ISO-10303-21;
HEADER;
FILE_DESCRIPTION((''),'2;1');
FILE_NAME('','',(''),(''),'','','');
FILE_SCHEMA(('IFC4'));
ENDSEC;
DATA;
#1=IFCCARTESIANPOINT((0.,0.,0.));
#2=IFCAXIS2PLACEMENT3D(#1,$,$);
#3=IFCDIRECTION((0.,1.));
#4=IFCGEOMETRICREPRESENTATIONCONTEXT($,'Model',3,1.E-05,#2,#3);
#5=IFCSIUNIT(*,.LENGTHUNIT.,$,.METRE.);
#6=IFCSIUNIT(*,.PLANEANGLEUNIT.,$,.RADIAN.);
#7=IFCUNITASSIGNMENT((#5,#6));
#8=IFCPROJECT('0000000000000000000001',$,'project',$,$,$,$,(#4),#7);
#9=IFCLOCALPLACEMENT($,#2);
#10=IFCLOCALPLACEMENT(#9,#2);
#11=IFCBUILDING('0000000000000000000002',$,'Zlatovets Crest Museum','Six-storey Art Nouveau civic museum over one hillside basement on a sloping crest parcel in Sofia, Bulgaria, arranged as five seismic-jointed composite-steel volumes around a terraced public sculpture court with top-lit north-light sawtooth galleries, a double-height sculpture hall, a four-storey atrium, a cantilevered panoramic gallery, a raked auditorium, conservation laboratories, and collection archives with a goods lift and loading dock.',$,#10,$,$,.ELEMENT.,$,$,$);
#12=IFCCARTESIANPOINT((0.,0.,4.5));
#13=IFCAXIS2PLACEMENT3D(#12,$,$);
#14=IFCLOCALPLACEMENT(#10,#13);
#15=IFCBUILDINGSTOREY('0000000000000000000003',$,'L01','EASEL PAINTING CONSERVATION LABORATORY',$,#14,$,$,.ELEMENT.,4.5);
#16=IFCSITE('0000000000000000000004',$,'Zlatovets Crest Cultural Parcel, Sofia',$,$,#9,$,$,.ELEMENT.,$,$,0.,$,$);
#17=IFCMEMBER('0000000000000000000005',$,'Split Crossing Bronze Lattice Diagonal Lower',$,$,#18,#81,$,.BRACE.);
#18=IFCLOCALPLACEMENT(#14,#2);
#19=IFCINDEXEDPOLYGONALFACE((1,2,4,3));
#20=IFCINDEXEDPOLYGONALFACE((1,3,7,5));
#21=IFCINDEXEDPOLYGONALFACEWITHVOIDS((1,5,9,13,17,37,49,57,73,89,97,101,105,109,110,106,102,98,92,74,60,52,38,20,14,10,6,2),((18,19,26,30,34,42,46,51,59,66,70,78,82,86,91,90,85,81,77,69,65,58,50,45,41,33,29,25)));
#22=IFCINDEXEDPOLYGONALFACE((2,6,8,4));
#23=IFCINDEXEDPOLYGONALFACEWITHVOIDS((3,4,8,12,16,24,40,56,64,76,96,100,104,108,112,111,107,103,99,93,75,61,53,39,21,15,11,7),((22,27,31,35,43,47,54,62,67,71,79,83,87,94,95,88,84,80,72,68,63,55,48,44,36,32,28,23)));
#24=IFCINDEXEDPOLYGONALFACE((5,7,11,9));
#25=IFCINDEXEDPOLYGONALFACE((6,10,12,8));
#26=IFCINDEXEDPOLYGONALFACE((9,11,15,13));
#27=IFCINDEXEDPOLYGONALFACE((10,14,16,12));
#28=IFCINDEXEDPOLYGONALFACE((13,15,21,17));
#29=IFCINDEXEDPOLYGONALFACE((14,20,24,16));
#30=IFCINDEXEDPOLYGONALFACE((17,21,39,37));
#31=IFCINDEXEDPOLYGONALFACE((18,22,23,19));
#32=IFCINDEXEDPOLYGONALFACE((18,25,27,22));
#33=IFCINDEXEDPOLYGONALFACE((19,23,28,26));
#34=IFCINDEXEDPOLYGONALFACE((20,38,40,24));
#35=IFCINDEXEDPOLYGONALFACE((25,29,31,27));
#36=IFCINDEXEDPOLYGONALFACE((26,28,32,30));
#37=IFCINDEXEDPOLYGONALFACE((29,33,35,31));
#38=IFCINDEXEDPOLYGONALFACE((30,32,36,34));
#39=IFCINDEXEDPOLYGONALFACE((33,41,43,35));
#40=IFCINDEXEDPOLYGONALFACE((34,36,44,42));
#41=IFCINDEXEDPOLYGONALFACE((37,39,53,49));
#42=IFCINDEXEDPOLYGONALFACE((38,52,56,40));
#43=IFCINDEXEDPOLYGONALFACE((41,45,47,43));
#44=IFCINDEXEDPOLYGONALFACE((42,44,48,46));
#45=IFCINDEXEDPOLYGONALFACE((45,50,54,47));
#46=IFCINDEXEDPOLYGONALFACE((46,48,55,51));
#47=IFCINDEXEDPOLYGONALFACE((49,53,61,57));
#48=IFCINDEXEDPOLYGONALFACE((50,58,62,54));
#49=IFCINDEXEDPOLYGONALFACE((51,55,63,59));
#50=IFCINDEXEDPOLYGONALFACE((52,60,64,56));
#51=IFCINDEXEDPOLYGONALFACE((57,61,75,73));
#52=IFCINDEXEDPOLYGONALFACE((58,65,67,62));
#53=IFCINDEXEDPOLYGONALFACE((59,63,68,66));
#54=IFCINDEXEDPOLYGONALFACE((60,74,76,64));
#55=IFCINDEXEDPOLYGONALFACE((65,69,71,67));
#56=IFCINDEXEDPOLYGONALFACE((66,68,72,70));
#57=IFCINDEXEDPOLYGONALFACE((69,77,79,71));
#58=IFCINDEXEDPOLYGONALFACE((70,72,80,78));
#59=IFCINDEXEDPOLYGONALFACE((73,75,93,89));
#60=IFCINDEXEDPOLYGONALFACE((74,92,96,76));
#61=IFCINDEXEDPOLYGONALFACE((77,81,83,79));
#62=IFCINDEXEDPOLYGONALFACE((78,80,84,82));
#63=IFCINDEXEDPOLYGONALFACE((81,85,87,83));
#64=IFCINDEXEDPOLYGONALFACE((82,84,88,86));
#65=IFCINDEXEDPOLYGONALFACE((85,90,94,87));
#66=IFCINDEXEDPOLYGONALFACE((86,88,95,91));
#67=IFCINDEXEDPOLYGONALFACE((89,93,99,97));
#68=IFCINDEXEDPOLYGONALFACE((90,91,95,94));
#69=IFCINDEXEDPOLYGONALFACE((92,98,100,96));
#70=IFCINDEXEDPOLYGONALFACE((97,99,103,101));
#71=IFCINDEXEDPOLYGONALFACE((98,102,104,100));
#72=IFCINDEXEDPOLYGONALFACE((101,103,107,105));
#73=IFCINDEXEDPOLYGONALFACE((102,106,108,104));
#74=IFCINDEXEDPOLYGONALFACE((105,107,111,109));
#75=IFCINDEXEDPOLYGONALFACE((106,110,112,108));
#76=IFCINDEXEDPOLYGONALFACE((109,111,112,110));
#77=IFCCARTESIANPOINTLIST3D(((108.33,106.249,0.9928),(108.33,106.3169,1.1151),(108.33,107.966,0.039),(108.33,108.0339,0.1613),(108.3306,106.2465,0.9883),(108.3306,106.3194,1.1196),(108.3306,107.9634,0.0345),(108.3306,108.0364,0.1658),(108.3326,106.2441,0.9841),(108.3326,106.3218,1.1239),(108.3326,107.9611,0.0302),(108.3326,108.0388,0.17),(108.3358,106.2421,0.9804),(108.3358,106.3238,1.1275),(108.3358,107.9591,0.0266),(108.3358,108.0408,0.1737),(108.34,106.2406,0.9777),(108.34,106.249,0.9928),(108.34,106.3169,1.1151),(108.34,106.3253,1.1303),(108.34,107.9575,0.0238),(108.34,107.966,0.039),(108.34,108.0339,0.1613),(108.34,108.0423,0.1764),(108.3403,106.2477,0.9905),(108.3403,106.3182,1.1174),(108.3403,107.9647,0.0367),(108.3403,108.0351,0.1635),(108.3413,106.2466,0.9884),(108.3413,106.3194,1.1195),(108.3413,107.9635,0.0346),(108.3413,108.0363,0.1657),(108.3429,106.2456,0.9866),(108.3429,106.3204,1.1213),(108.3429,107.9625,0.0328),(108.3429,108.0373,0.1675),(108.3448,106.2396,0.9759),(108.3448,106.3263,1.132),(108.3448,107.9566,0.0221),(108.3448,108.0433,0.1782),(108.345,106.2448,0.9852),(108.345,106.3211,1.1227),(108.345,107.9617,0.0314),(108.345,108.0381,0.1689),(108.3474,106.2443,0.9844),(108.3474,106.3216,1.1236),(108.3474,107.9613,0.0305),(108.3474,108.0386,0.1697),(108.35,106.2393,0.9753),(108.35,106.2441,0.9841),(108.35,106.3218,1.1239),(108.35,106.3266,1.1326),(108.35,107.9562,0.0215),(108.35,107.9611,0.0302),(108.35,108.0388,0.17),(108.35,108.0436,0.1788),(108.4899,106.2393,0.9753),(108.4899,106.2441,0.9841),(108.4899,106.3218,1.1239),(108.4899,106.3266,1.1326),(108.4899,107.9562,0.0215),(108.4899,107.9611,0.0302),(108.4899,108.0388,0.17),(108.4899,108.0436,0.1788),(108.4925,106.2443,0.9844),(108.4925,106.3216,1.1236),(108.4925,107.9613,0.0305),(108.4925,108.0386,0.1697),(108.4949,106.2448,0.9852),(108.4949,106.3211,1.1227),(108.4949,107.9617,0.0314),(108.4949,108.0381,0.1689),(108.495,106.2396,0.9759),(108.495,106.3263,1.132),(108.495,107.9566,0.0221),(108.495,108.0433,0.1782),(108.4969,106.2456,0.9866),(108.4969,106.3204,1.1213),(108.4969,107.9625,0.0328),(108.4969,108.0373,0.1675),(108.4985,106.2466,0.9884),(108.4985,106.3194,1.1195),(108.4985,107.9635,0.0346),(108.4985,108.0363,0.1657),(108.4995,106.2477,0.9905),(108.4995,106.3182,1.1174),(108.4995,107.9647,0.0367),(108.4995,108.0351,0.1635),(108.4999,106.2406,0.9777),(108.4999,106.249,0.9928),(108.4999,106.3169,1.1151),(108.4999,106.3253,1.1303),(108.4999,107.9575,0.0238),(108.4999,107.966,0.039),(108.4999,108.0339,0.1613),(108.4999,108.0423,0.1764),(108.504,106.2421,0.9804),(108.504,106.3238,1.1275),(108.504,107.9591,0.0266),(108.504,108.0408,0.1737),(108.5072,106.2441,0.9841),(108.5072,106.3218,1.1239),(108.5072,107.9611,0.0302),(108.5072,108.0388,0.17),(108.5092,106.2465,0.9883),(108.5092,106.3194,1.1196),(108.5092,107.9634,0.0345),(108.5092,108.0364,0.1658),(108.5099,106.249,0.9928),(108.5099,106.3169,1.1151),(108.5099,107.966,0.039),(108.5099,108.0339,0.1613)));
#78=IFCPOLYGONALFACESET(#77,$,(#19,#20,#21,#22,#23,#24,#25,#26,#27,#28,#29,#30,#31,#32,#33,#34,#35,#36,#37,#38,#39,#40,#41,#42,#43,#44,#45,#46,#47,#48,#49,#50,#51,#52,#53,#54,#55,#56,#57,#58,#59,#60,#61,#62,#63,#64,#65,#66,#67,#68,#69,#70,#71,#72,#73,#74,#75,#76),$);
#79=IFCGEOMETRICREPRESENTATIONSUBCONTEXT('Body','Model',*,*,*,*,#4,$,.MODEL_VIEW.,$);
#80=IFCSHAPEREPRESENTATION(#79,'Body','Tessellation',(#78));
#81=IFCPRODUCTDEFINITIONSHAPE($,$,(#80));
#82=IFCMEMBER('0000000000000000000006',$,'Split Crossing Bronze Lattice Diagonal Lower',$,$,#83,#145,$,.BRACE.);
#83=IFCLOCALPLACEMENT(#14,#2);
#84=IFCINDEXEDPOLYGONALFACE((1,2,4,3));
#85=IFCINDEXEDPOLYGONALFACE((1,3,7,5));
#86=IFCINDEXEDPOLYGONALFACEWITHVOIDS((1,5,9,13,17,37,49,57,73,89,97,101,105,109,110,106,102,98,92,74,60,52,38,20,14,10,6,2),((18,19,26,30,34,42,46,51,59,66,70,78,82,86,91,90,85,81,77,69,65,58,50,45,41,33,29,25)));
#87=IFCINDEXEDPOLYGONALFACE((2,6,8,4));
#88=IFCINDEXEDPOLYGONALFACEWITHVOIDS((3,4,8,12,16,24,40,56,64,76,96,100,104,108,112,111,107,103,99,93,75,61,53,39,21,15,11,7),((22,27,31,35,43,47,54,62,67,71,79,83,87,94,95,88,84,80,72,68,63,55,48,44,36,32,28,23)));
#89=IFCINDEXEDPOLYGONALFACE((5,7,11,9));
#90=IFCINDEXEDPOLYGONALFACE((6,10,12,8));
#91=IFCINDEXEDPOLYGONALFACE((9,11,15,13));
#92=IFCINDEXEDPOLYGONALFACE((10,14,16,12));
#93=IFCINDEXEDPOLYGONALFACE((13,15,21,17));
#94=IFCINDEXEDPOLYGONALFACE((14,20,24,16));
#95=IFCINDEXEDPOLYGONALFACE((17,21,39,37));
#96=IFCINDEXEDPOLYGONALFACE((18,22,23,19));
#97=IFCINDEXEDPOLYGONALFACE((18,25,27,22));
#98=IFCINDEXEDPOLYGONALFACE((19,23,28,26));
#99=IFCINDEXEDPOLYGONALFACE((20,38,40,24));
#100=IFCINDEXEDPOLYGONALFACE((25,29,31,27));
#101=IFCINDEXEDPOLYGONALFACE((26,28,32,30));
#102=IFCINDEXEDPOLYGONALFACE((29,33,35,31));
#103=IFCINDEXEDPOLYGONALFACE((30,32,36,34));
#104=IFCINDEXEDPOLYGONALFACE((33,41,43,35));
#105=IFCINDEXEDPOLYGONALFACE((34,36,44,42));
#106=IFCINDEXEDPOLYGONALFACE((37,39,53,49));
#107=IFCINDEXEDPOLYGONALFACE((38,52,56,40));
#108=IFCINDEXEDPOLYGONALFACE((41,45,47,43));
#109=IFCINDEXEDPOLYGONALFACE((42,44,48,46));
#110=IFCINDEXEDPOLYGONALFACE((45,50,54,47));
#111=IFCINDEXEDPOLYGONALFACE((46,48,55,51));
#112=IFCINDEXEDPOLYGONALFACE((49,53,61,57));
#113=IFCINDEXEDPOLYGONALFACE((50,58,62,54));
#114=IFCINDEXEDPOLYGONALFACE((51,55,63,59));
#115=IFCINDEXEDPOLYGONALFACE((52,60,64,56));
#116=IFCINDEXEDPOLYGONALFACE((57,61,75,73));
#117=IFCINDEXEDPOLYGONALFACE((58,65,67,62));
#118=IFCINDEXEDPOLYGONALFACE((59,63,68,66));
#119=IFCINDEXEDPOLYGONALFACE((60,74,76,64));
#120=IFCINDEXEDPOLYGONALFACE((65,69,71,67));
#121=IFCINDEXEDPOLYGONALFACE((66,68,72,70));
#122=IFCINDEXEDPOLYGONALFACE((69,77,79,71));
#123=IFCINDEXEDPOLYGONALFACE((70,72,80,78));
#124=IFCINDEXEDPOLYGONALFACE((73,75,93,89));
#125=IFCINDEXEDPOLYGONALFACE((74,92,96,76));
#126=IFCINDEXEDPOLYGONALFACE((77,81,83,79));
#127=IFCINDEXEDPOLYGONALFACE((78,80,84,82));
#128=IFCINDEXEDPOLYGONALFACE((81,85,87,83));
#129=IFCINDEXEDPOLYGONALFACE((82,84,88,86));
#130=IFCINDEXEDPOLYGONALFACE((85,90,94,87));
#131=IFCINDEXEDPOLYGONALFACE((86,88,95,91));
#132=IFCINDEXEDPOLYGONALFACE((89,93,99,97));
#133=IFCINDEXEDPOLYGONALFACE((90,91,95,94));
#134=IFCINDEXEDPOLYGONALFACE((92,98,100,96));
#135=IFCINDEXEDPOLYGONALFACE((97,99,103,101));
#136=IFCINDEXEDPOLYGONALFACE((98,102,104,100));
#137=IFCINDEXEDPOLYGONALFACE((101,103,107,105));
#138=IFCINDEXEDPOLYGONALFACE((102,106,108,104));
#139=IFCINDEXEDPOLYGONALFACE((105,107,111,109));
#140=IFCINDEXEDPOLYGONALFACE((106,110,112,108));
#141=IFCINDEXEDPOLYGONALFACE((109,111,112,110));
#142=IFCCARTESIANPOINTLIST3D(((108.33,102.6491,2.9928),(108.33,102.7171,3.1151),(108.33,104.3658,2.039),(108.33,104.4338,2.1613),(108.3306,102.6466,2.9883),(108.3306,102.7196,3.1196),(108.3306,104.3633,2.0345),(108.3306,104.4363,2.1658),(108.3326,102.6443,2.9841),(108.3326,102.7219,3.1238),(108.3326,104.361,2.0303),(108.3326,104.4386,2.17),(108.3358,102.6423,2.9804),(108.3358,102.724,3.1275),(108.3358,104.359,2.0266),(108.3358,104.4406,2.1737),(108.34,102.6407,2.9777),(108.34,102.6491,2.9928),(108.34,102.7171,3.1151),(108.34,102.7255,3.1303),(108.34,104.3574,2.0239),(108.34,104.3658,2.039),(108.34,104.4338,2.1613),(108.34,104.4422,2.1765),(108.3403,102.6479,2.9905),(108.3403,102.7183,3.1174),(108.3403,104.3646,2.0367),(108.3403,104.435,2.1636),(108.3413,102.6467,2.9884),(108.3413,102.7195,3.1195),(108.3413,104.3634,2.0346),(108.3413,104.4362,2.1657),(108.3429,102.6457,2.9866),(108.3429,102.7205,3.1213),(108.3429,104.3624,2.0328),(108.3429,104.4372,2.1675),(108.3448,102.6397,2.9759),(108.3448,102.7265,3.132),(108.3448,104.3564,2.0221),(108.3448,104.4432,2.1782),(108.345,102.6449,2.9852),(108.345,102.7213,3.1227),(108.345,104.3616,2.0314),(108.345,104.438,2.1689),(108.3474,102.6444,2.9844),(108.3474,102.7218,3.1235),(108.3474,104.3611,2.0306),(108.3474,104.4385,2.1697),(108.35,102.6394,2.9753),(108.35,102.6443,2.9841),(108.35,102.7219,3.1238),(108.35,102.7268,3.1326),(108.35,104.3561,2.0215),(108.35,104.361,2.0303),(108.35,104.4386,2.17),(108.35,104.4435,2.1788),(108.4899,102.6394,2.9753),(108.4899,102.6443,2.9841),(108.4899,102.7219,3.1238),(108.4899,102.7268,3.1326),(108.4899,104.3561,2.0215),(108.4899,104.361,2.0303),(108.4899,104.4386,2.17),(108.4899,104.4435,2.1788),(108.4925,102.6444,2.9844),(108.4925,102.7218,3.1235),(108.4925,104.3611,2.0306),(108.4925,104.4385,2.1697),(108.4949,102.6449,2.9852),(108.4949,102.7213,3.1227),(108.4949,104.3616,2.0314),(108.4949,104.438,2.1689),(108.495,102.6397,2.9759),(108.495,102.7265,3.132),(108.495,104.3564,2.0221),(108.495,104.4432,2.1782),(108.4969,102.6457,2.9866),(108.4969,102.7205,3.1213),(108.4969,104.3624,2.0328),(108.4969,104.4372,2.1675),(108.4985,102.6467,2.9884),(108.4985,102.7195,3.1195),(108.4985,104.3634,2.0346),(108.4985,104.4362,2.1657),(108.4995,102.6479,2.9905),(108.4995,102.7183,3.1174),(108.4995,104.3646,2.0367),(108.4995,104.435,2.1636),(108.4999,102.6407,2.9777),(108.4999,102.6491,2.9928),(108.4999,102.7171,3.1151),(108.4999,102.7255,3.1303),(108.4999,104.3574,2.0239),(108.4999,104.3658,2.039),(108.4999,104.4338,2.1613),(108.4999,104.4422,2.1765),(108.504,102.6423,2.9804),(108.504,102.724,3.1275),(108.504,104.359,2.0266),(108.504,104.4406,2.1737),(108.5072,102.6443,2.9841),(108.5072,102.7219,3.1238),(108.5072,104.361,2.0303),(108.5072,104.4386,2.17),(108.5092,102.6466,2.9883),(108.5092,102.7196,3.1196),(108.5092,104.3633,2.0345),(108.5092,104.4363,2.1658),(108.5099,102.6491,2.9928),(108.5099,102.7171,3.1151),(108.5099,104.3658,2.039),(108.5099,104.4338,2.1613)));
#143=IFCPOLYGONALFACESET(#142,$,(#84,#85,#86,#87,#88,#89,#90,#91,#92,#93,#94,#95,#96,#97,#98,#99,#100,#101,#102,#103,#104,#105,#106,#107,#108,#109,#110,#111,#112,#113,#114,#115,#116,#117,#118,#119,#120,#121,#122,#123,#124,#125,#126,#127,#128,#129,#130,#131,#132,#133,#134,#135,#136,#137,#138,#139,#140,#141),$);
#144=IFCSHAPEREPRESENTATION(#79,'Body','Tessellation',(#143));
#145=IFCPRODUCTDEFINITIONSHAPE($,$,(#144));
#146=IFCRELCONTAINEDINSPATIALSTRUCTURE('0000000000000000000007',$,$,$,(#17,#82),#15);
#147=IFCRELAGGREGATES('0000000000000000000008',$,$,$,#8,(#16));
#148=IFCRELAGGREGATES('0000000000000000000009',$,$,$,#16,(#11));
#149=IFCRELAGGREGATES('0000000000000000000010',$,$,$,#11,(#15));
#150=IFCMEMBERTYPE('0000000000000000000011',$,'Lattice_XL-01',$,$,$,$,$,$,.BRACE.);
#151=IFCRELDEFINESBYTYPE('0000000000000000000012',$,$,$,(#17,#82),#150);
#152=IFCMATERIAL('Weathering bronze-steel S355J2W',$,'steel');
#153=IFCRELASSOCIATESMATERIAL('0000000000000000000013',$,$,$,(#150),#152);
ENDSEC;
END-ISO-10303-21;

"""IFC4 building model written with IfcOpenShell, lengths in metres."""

from ifc_helpers import new_model, si_unit, direction, frame, origin, origin_2d, place, context, subcontext, project, spatial, hollow_rectangle, extrude, material, material_profile, profile_set, type_object, element, save


model = new_model("IFC4")

# Units and contexts
model_context = context("Model", 3, precision=1e-05, world=origin(), true_north=direction((0.0, 1.0)))
body_context = subcontext(model_context, "Body", "Model", "MODEL_VIEW")
ifc_project = project(units=[si_unit("LENGTHUNIT", "METRE"), si_unit("PLANEANGLEUNIT", "RADIAN")], contexts=[model_context])

# Site, building, storey
site_placement = place(None, origin())
site = spatial("IfcSite", under=ifc_project, at=site_placement, Name="Zlatovets Crest Cultural Parcel, Sofia", CompositionType="ELEMENT", RefElevation=0.0)
building_placement = place(site_placement, origin())
building = spatial("IfcBuilding", under=site, at=building_placement, Name="Zlatovets Crest Museum", Description="Six-storey Art Nouveau civic museum over one hillside basement on a sloping crest parcel in Sofia, Bulgaria, arranged as five seismic-jointed composite-steel volumes around a terraced public sculpture court with top-lit north-light sawtooth galleries, a double-height sculpture hall, a four-storey atrium, a cantilevered panoramic gallery, a raked auditorium, conservation laboratories, and collection archives with a goods lift and loading dock.", CompositionType="ELEMENT")
storey_placement = place(building_placement, frame((0.0, 0.0, 4.5)))
storey = spatial("IfcBuildingStorey", under=building, at=storey_placement, Name="L01", Description="EASEL PAINTING CONSERVATION LABORATORY", CompositionType="ELEMENT", Elevation=4.5)

# Members
ifc_material_1 = material(Name="Weathering bronze-steel S355J2W", Category="steel")
ifc_material_profile_1 = material_profile(ifc_material_1, hollow_rectangle(XDim=0.1799, YDim=0.1799, WallThickness=0.01, InnerFilletRadius=0.01, OuterFilletRadius=0.02, at=origin_2d()), Name="SHS 180x180x10.0")
ifc_profile_set_1 = profile_set([ifc_material_profile_1], Name="Weathering bronze-steel S355J2W")
member_type_1 = type_object("IfcMemberType", Name="Lattice_XL-01", PredefinedType="BRACE", material=ifc_profile_set_1)
member_1_placement = place(storey_placement, frame((108.4199, 106.283, 1.054), z_axis=(0.0, 0.874169, -0.485622), x_axis=(-1.0, 0.0, 0.0)))
element("IfcMember", 1, at=member_1_placement, inside=storey, type_object=member_type_1, Name="Split Crossing Bronze Lattice Diagonal Lower", PredefinedType="BRACE", context=body_context, shape_type="SweptSolid", body=[
    extrude(hollow_rectangle(XDim=0.1799, YDim=0.1799, WallThickness=0.01, InnerFilletRadius=0.01, OuterFilletRadius=0.02, at=origin_2d()), origin(), (0.0, 0.0, 1.0), 1.9641),
])
member_2_placement = place(storey_placement, frame((108.4199, 102.6831, 3.054), z_axis=(0.0, 0.87414, -0.485675), x_axis=(-1.0, 0.0, 0.0)))
element("IfcMember", 2, at=member_2_placement, inside=storey, type_object=member_type_1, Name="Split Crossing Bronze Lattice Diagonal Lower", PredefinedType="BRACE", context=body_context, shape_type="SweptSolid", body=[
    extrude(hollow_rectangle(XDim=0.1799, YDim=0.1799, WallThickness=0.01, InnerFilletRadius=0.01, OuterFilletRadius=0.02, at=origin_2d()), origin(), (0.0, 0.0, 1.0), 1.9639),
])

save(model, "model.ifc")
